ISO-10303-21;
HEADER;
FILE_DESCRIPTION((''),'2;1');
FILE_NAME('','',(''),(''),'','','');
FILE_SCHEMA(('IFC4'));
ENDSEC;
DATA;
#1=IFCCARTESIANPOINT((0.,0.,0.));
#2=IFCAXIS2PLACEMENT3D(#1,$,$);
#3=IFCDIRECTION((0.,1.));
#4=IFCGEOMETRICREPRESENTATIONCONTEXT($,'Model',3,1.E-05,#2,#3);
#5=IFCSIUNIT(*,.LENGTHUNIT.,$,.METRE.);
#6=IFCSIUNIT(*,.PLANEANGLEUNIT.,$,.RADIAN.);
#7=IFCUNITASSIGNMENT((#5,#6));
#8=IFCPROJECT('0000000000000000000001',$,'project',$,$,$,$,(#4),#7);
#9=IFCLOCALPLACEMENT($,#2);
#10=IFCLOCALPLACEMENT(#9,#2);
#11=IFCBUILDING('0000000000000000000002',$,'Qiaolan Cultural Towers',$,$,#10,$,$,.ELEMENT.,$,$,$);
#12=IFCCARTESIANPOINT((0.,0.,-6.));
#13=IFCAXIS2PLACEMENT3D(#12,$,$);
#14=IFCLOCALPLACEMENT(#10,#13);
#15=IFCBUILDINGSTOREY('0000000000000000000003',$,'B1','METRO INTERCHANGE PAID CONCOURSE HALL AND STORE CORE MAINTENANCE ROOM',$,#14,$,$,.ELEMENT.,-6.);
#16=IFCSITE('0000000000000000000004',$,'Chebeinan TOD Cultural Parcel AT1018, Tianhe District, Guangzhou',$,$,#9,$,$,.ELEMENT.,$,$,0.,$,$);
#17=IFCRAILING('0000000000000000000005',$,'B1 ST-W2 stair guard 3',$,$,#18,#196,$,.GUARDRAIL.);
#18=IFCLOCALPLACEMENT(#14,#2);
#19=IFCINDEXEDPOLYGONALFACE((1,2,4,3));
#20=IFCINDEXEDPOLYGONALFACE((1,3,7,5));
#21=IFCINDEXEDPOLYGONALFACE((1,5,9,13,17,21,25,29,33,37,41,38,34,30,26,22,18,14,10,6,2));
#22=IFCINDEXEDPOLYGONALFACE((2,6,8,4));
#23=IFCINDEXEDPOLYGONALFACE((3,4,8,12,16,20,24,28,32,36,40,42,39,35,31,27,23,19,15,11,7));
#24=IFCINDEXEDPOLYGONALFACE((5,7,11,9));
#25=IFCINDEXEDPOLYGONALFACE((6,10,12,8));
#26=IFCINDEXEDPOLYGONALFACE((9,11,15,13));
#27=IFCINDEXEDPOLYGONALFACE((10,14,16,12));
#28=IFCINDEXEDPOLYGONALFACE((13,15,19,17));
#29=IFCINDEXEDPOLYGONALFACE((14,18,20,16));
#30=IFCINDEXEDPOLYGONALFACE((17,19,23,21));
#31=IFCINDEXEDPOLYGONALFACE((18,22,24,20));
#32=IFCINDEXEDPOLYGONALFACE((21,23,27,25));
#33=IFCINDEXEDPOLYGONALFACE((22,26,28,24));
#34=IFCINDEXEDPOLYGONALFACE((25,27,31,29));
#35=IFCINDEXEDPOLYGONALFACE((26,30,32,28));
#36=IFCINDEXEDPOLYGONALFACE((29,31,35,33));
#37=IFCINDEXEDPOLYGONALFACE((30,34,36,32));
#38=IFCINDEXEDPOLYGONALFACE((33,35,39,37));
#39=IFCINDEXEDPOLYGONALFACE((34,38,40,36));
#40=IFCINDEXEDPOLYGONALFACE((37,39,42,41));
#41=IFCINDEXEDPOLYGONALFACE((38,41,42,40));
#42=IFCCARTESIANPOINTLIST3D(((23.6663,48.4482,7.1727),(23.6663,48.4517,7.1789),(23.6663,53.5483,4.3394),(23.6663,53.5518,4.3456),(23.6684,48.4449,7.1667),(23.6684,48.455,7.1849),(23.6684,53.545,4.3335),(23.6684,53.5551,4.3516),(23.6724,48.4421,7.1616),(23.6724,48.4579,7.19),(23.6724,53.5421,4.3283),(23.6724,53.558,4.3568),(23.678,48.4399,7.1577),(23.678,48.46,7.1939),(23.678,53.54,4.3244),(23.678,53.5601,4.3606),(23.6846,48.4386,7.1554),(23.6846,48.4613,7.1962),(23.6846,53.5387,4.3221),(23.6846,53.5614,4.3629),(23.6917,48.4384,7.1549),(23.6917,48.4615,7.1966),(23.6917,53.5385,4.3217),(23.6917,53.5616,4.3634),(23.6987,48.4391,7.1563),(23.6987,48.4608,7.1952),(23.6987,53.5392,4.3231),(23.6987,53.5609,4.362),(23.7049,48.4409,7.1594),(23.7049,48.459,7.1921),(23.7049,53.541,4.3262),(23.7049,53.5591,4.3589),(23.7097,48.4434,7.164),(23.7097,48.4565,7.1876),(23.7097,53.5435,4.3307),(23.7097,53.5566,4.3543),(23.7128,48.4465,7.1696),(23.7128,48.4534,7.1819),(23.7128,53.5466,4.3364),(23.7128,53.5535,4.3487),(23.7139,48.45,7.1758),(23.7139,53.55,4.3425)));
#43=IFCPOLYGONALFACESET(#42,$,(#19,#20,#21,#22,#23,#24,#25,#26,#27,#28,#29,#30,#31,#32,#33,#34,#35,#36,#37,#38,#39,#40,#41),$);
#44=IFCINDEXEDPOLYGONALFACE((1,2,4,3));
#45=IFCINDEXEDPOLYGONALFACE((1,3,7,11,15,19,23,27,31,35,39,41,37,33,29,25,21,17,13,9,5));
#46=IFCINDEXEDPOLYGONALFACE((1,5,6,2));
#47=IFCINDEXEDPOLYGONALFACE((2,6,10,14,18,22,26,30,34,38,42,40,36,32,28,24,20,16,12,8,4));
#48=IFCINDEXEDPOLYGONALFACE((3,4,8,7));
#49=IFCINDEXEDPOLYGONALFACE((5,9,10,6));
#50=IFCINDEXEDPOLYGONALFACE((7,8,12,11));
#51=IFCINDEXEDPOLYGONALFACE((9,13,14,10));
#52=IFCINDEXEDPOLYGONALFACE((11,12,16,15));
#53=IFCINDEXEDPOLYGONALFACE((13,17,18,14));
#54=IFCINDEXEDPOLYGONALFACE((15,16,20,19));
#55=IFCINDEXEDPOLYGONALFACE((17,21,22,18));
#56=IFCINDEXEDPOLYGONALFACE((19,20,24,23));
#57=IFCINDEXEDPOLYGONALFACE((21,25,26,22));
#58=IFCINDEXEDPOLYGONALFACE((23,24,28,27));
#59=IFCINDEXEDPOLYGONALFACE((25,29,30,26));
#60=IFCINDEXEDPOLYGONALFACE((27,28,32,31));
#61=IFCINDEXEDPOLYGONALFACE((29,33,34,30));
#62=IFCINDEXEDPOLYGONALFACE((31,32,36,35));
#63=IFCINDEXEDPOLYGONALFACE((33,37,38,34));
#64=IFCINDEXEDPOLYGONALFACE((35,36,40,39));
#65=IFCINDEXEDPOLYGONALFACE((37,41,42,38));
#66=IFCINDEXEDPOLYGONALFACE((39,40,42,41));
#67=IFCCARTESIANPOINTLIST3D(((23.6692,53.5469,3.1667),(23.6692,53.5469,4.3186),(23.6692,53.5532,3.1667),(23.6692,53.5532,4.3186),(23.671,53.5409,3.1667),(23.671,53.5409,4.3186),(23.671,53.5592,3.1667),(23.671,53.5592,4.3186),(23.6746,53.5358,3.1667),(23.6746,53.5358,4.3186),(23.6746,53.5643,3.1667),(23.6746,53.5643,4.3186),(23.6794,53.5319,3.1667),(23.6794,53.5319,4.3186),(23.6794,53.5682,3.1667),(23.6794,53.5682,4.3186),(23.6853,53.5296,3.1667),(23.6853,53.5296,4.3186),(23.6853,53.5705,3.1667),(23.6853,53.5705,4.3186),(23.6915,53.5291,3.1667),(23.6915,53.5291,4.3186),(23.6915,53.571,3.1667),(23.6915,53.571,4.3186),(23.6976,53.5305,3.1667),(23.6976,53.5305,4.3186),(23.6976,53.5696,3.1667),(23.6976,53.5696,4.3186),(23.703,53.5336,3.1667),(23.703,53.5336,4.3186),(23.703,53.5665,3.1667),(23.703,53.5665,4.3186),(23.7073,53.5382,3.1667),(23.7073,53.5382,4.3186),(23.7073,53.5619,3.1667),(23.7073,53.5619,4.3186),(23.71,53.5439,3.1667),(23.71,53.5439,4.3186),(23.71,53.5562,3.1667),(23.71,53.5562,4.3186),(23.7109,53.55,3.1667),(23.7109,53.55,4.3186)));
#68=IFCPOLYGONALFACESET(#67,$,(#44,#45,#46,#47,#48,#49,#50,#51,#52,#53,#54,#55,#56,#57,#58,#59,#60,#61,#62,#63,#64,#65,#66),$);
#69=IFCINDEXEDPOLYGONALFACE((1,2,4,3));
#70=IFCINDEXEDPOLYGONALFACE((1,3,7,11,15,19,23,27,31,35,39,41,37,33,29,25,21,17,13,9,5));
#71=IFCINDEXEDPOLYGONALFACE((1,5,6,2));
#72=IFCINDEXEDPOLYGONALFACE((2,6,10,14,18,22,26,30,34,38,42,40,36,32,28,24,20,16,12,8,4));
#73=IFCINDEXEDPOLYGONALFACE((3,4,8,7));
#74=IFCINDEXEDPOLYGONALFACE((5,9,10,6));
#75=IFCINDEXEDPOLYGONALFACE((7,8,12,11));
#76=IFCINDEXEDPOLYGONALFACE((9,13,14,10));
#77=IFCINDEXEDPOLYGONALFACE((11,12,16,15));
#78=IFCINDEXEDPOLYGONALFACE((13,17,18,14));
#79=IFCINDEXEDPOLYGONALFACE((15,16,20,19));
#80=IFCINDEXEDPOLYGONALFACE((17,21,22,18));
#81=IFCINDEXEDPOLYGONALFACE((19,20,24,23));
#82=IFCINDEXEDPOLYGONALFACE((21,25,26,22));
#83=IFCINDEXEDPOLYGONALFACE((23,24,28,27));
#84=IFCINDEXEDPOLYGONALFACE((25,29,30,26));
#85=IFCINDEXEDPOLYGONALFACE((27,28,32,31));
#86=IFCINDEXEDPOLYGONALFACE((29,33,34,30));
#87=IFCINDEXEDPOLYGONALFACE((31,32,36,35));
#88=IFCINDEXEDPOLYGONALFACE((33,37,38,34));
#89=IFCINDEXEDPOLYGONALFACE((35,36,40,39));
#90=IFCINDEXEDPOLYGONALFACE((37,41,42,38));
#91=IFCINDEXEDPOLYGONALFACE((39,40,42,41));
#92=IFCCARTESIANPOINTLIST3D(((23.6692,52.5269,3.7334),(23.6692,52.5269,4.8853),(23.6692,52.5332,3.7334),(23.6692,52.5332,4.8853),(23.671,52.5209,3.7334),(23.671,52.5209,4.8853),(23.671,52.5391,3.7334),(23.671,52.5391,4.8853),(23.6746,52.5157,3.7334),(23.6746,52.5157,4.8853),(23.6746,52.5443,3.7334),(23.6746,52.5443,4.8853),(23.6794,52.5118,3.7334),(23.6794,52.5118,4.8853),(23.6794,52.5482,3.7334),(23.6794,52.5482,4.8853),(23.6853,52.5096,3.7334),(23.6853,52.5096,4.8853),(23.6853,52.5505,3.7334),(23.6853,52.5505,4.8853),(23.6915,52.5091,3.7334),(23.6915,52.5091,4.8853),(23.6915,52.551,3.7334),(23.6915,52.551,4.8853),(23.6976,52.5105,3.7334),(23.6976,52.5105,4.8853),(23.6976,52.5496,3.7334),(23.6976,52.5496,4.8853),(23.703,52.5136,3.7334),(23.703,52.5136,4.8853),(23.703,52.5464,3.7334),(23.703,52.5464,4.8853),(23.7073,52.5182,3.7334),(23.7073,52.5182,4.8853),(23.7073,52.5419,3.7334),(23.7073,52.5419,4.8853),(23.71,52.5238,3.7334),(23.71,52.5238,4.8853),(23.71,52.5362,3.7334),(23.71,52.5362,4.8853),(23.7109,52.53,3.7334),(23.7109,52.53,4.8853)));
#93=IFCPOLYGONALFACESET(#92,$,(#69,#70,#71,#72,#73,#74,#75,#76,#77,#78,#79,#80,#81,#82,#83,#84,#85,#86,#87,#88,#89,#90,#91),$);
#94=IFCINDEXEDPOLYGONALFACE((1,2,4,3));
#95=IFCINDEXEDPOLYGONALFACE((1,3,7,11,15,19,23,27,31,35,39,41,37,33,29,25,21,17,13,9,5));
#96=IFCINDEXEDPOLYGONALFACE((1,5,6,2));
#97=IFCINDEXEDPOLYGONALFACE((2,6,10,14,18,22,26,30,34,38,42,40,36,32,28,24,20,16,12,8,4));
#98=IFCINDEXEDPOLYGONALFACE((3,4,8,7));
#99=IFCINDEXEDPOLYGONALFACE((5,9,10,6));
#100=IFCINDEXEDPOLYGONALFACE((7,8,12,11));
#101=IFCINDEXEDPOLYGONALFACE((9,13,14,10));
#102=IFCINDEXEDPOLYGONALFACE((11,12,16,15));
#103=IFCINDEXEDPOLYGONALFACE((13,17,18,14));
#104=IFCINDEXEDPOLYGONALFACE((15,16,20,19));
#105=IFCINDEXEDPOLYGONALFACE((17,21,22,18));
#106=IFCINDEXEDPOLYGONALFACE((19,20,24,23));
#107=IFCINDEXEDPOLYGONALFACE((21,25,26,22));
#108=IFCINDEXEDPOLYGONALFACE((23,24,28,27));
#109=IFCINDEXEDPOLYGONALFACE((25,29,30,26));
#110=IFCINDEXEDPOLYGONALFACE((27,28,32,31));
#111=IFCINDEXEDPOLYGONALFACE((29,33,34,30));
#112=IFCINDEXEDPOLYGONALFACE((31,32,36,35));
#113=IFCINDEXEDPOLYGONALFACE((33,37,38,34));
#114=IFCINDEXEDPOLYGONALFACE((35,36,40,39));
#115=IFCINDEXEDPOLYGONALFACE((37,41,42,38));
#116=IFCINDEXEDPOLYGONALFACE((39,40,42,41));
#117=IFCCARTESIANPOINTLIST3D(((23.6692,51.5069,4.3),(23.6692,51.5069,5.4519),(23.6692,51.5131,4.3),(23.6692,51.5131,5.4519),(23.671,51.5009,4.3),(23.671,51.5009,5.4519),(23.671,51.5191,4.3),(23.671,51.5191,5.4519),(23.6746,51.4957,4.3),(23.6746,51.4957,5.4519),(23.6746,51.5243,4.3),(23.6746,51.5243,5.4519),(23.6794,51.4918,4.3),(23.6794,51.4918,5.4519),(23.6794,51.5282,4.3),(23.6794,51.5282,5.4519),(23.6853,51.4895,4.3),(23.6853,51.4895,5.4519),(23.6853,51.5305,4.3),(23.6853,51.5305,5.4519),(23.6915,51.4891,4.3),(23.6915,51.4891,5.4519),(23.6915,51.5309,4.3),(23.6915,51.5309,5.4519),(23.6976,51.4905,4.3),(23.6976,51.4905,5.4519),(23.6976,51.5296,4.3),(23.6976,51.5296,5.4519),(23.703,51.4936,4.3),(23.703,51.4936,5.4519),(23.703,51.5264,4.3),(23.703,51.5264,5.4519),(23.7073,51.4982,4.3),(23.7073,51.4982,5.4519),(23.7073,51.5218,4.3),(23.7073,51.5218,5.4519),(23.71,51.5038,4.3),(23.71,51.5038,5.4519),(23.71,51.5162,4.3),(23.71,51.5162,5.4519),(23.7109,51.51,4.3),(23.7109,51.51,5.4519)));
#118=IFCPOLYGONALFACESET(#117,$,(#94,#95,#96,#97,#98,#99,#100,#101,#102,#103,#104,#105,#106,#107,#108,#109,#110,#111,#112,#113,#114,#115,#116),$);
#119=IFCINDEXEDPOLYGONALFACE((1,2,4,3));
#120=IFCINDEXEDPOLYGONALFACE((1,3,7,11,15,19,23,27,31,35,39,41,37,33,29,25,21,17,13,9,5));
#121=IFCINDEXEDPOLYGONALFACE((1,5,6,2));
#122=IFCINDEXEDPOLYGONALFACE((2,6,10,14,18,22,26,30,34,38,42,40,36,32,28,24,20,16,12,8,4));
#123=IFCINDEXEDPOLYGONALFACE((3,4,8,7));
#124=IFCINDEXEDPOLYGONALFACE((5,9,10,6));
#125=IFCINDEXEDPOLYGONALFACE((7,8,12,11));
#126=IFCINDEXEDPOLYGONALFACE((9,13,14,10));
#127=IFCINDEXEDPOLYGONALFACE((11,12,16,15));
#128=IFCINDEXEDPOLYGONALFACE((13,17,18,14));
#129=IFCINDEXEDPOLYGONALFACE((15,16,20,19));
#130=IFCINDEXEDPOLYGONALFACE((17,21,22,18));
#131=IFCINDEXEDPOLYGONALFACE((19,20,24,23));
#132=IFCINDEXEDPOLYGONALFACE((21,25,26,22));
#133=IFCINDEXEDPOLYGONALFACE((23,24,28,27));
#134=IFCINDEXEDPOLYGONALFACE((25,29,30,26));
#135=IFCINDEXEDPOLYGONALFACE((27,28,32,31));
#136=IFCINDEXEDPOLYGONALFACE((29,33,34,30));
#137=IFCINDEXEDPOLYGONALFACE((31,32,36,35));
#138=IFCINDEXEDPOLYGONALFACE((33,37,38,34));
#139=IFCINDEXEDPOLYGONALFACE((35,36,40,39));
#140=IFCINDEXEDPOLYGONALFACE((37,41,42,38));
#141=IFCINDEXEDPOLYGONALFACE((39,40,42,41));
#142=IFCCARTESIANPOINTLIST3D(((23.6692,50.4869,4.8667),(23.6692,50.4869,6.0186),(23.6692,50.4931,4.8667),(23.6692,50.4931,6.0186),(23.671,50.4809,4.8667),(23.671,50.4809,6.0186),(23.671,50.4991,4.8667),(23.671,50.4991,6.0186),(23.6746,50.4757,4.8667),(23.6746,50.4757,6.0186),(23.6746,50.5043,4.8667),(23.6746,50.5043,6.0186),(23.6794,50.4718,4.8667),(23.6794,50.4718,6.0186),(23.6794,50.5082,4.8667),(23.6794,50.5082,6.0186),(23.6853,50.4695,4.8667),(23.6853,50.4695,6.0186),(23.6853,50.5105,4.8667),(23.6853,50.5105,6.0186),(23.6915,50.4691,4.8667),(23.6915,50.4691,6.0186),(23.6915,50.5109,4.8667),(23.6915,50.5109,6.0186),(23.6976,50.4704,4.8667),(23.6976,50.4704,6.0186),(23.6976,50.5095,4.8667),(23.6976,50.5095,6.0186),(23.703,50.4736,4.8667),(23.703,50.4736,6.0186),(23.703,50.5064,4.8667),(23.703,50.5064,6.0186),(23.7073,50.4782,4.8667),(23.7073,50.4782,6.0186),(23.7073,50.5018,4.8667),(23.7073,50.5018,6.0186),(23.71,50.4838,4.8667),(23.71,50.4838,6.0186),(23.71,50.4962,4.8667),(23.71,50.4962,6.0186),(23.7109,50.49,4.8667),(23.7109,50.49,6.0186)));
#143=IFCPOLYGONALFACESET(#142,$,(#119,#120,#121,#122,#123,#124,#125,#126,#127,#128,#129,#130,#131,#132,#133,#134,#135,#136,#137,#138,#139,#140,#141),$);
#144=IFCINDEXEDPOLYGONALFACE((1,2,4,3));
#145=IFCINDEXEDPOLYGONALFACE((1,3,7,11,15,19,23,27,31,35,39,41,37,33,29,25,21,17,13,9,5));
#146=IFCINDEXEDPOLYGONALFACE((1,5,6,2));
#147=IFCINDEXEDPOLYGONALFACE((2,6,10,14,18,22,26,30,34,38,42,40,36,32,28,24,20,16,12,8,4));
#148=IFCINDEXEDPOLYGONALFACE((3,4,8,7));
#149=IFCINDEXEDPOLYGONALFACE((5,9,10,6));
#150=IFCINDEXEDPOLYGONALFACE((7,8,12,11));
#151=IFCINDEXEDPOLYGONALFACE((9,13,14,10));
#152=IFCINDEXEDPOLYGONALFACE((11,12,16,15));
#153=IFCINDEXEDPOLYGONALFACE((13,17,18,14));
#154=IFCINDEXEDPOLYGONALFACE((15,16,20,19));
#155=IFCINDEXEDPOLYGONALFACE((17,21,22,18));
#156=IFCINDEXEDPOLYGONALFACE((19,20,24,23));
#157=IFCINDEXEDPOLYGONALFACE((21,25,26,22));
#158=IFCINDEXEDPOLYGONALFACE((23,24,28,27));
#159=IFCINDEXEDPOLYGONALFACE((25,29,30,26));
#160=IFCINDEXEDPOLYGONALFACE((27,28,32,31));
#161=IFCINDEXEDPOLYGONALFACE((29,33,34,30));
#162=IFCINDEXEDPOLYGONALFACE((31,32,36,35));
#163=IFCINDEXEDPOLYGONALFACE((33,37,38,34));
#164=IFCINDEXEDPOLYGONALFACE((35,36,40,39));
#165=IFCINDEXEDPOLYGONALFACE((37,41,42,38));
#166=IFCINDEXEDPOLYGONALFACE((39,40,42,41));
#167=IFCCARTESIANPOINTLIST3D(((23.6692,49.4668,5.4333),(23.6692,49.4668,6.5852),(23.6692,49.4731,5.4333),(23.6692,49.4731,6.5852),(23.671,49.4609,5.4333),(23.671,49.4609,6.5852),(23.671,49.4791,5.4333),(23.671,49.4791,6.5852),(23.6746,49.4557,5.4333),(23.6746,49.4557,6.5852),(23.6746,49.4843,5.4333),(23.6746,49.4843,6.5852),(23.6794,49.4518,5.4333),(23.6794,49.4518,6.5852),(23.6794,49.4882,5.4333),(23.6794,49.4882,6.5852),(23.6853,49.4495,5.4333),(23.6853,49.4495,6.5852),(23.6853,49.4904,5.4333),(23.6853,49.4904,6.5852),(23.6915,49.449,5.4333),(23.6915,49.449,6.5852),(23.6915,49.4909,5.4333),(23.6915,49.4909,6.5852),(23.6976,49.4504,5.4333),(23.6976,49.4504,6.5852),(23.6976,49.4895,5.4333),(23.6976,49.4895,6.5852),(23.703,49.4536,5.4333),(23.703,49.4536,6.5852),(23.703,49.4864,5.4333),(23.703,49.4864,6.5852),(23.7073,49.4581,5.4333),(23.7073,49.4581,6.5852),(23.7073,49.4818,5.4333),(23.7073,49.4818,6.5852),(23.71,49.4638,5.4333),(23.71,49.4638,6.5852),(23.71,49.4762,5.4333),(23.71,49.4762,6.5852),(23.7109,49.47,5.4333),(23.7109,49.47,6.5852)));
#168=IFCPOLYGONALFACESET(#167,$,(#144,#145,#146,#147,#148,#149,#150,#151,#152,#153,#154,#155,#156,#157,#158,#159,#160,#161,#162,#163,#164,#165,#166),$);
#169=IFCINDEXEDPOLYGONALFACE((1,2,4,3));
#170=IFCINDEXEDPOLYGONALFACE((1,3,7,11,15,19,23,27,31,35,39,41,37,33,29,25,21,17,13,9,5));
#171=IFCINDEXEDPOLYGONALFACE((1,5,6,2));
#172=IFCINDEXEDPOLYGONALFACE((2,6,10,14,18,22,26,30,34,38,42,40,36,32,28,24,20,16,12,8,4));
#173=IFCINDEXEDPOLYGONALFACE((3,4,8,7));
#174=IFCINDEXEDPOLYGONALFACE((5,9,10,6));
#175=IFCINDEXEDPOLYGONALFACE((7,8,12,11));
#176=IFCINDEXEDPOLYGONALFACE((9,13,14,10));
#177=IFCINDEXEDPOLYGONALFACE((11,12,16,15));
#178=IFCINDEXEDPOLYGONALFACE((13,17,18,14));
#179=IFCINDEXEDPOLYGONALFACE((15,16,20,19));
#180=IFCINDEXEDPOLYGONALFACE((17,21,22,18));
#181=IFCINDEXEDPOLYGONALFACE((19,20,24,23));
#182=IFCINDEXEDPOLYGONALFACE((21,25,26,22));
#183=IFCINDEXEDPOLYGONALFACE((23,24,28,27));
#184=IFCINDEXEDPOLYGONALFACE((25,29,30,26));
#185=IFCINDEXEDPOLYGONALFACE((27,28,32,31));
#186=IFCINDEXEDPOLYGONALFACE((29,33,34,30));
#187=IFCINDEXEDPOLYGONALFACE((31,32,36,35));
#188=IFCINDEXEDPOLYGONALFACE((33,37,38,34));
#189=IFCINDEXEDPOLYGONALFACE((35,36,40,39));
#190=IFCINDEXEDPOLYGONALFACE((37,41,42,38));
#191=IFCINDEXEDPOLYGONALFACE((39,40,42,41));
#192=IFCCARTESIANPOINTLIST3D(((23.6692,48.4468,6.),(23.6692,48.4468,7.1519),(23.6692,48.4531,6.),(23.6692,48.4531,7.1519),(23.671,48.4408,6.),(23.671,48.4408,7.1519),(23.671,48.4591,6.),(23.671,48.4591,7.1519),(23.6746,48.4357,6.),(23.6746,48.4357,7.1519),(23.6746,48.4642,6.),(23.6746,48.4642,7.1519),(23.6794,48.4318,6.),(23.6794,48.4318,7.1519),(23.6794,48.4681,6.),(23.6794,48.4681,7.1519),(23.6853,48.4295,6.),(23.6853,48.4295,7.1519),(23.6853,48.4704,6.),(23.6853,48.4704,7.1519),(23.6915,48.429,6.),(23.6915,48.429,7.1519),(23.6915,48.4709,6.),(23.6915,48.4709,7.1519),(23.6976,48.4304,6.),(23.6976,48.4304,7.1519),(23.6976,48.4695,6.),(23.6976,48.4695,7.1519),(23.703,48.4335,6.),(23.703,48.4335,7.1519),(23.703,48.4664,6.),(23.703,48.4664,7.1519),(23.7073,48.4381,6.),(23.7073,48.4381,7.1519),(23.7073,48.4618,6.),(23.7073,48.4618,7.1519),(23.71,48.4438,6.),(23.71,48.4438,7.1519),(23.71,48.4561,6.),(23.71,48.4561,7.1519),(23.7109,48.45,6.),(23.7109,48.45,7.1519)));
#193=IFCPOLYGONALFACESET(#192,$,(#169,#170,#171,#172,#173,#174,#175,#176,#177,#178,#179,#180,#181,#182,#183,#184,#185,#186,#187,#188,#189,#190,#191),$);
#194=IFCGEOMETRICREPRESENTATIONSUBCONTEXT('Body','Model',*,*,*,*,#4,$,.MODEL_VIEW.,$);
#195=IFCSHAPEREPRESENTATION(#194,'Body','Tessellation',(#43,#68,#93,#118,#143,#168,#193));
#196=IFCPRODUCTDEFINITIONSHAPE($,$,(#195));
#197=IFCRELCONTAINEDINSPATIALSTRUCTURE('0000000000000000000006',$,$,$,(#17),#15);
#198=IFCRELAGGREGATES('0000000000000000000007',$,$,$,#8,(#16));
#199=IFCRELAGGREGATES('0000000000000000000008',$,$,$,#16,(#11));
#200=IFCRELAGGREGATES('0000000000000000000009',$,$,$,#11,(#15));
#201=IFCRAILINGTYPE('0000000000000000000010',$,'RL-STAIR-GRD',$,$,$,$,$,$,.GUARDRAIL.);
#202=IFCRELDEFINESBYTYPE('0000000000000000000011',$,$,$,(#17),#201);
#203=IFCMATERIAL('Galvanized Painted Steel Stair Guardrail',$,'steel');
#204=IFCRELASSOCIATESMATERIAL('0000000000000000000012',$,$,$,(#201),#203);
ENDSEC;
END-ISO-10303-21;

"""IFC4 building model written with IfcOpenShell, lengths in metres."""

from ifc_helpers import new_model, si_unit, direction, frame, origin, origin_2d, place, context, subcontext, project, spatial, circle, extrude, material, type_object, element, save


model = new_model("IFC4")

# Units and contexts
model_context = context("Model", 3, precision=1e-05, world=origin(), true_north=direction((0.0, 1.0)))
body_context = subcontext(model_context, "Body", "Model", "MODEL_VIEW")
ifc_project = project(units=[si_unit("LENGTHUNIT", "METRE"), si_unit("PLANEANGLEUNIT", "RADIAN")], contexts=[model_context])

# Site, building, storey
site_placement = place(None, origin())
site = spatial("IfcSite", under=ifc_project, at=site_placement, Name="Chebeinan TOD Cultural Parcel AT1018, Tianhe District, Guangzhou", CompositionType="ELEMENT", RefElevation=0.0)
building_placement = place(site_placement, origin())
building = spatial("IfcBuilding", under=site, at=building_placement, Name="Qiaolan Cultural Towers", CompositionType="ELEMENT")
storey_placement = place(building_placement, frame((0.0, 0.0, -6.0)))
storey = spatial("IfcBuildingStorey", under=building, at=storey_placement, Name="B1", Description="METRO INTERCHANGE PAID CONCOURSE HALL AND STORE CORE MAINTENANCE ROOM", CompositionType="ELEMENT", Elevation=-6.0)

# Railing
ifc_material_1 = material(Name="Galvanized Painted Steel Stair Guardrail", Category="steel")
railing_type_1 = type_object("IfcRailingType", Name="RL-STAIR-GRD", PredefinedType="GUARDRAIL", material=ifc_material_1)
railing_1_placement = place(storey_placement, frame((23.6899, 53.55, 3.1667)))
element("IfcRailing", 1, at=railing_1_placement, inside=storey, type_object=railing_type_1, Name="B1 ST-W2 stair guard 3", PredefinedType="GUARDRAIL", context=body_context, shape_type="SweptSolid", body=[
    extrude(circle(Radius=0.0239, at=origin_2d()), frame((0.0, 0.0, 1.1758), z_axis=(0.0, -0.874167, 0.485625), x_axis=(1.0, 0.0, 0.0)), (0.0, 0.0, 1.0), 5.8342),
    extrude(circle(Radius=0.021, at=origin_2d()), origin(), (0.0, 0.0, 1.0), 1.1519),
    extrude(circle(Radius=0.021, at=origin_2d()), frame((0.0, -1.02, 0.5667)), (0.0, 0.0, 1.0), 1.1519),
    extrude(circle(Radius=0.021, at=origin_2d()), frame((0.0, -2.04, 1.1333)), (0.0, 0.0, 1.0), 1.1519),
    extrude(circle(Radius=0.021, at=origin_2d()), frame((0.0, -3.0601, 1.7)), (0.0, 0.0, 1.0), 1.1519),
    extrude(circle(Radius=0.021, at=origin_2d()), frame((0.0, -4.0801, 2.2666)), (0.0, 0.0, 1.0), 1.1519),
    extrude(circle(Radius=0.021, at=origin_2d()), frame((0.0, -5.1001, 2.8333)), (0.0, 0.0, 1.0), 1.1519),
])

save(model, "model.ifc")
